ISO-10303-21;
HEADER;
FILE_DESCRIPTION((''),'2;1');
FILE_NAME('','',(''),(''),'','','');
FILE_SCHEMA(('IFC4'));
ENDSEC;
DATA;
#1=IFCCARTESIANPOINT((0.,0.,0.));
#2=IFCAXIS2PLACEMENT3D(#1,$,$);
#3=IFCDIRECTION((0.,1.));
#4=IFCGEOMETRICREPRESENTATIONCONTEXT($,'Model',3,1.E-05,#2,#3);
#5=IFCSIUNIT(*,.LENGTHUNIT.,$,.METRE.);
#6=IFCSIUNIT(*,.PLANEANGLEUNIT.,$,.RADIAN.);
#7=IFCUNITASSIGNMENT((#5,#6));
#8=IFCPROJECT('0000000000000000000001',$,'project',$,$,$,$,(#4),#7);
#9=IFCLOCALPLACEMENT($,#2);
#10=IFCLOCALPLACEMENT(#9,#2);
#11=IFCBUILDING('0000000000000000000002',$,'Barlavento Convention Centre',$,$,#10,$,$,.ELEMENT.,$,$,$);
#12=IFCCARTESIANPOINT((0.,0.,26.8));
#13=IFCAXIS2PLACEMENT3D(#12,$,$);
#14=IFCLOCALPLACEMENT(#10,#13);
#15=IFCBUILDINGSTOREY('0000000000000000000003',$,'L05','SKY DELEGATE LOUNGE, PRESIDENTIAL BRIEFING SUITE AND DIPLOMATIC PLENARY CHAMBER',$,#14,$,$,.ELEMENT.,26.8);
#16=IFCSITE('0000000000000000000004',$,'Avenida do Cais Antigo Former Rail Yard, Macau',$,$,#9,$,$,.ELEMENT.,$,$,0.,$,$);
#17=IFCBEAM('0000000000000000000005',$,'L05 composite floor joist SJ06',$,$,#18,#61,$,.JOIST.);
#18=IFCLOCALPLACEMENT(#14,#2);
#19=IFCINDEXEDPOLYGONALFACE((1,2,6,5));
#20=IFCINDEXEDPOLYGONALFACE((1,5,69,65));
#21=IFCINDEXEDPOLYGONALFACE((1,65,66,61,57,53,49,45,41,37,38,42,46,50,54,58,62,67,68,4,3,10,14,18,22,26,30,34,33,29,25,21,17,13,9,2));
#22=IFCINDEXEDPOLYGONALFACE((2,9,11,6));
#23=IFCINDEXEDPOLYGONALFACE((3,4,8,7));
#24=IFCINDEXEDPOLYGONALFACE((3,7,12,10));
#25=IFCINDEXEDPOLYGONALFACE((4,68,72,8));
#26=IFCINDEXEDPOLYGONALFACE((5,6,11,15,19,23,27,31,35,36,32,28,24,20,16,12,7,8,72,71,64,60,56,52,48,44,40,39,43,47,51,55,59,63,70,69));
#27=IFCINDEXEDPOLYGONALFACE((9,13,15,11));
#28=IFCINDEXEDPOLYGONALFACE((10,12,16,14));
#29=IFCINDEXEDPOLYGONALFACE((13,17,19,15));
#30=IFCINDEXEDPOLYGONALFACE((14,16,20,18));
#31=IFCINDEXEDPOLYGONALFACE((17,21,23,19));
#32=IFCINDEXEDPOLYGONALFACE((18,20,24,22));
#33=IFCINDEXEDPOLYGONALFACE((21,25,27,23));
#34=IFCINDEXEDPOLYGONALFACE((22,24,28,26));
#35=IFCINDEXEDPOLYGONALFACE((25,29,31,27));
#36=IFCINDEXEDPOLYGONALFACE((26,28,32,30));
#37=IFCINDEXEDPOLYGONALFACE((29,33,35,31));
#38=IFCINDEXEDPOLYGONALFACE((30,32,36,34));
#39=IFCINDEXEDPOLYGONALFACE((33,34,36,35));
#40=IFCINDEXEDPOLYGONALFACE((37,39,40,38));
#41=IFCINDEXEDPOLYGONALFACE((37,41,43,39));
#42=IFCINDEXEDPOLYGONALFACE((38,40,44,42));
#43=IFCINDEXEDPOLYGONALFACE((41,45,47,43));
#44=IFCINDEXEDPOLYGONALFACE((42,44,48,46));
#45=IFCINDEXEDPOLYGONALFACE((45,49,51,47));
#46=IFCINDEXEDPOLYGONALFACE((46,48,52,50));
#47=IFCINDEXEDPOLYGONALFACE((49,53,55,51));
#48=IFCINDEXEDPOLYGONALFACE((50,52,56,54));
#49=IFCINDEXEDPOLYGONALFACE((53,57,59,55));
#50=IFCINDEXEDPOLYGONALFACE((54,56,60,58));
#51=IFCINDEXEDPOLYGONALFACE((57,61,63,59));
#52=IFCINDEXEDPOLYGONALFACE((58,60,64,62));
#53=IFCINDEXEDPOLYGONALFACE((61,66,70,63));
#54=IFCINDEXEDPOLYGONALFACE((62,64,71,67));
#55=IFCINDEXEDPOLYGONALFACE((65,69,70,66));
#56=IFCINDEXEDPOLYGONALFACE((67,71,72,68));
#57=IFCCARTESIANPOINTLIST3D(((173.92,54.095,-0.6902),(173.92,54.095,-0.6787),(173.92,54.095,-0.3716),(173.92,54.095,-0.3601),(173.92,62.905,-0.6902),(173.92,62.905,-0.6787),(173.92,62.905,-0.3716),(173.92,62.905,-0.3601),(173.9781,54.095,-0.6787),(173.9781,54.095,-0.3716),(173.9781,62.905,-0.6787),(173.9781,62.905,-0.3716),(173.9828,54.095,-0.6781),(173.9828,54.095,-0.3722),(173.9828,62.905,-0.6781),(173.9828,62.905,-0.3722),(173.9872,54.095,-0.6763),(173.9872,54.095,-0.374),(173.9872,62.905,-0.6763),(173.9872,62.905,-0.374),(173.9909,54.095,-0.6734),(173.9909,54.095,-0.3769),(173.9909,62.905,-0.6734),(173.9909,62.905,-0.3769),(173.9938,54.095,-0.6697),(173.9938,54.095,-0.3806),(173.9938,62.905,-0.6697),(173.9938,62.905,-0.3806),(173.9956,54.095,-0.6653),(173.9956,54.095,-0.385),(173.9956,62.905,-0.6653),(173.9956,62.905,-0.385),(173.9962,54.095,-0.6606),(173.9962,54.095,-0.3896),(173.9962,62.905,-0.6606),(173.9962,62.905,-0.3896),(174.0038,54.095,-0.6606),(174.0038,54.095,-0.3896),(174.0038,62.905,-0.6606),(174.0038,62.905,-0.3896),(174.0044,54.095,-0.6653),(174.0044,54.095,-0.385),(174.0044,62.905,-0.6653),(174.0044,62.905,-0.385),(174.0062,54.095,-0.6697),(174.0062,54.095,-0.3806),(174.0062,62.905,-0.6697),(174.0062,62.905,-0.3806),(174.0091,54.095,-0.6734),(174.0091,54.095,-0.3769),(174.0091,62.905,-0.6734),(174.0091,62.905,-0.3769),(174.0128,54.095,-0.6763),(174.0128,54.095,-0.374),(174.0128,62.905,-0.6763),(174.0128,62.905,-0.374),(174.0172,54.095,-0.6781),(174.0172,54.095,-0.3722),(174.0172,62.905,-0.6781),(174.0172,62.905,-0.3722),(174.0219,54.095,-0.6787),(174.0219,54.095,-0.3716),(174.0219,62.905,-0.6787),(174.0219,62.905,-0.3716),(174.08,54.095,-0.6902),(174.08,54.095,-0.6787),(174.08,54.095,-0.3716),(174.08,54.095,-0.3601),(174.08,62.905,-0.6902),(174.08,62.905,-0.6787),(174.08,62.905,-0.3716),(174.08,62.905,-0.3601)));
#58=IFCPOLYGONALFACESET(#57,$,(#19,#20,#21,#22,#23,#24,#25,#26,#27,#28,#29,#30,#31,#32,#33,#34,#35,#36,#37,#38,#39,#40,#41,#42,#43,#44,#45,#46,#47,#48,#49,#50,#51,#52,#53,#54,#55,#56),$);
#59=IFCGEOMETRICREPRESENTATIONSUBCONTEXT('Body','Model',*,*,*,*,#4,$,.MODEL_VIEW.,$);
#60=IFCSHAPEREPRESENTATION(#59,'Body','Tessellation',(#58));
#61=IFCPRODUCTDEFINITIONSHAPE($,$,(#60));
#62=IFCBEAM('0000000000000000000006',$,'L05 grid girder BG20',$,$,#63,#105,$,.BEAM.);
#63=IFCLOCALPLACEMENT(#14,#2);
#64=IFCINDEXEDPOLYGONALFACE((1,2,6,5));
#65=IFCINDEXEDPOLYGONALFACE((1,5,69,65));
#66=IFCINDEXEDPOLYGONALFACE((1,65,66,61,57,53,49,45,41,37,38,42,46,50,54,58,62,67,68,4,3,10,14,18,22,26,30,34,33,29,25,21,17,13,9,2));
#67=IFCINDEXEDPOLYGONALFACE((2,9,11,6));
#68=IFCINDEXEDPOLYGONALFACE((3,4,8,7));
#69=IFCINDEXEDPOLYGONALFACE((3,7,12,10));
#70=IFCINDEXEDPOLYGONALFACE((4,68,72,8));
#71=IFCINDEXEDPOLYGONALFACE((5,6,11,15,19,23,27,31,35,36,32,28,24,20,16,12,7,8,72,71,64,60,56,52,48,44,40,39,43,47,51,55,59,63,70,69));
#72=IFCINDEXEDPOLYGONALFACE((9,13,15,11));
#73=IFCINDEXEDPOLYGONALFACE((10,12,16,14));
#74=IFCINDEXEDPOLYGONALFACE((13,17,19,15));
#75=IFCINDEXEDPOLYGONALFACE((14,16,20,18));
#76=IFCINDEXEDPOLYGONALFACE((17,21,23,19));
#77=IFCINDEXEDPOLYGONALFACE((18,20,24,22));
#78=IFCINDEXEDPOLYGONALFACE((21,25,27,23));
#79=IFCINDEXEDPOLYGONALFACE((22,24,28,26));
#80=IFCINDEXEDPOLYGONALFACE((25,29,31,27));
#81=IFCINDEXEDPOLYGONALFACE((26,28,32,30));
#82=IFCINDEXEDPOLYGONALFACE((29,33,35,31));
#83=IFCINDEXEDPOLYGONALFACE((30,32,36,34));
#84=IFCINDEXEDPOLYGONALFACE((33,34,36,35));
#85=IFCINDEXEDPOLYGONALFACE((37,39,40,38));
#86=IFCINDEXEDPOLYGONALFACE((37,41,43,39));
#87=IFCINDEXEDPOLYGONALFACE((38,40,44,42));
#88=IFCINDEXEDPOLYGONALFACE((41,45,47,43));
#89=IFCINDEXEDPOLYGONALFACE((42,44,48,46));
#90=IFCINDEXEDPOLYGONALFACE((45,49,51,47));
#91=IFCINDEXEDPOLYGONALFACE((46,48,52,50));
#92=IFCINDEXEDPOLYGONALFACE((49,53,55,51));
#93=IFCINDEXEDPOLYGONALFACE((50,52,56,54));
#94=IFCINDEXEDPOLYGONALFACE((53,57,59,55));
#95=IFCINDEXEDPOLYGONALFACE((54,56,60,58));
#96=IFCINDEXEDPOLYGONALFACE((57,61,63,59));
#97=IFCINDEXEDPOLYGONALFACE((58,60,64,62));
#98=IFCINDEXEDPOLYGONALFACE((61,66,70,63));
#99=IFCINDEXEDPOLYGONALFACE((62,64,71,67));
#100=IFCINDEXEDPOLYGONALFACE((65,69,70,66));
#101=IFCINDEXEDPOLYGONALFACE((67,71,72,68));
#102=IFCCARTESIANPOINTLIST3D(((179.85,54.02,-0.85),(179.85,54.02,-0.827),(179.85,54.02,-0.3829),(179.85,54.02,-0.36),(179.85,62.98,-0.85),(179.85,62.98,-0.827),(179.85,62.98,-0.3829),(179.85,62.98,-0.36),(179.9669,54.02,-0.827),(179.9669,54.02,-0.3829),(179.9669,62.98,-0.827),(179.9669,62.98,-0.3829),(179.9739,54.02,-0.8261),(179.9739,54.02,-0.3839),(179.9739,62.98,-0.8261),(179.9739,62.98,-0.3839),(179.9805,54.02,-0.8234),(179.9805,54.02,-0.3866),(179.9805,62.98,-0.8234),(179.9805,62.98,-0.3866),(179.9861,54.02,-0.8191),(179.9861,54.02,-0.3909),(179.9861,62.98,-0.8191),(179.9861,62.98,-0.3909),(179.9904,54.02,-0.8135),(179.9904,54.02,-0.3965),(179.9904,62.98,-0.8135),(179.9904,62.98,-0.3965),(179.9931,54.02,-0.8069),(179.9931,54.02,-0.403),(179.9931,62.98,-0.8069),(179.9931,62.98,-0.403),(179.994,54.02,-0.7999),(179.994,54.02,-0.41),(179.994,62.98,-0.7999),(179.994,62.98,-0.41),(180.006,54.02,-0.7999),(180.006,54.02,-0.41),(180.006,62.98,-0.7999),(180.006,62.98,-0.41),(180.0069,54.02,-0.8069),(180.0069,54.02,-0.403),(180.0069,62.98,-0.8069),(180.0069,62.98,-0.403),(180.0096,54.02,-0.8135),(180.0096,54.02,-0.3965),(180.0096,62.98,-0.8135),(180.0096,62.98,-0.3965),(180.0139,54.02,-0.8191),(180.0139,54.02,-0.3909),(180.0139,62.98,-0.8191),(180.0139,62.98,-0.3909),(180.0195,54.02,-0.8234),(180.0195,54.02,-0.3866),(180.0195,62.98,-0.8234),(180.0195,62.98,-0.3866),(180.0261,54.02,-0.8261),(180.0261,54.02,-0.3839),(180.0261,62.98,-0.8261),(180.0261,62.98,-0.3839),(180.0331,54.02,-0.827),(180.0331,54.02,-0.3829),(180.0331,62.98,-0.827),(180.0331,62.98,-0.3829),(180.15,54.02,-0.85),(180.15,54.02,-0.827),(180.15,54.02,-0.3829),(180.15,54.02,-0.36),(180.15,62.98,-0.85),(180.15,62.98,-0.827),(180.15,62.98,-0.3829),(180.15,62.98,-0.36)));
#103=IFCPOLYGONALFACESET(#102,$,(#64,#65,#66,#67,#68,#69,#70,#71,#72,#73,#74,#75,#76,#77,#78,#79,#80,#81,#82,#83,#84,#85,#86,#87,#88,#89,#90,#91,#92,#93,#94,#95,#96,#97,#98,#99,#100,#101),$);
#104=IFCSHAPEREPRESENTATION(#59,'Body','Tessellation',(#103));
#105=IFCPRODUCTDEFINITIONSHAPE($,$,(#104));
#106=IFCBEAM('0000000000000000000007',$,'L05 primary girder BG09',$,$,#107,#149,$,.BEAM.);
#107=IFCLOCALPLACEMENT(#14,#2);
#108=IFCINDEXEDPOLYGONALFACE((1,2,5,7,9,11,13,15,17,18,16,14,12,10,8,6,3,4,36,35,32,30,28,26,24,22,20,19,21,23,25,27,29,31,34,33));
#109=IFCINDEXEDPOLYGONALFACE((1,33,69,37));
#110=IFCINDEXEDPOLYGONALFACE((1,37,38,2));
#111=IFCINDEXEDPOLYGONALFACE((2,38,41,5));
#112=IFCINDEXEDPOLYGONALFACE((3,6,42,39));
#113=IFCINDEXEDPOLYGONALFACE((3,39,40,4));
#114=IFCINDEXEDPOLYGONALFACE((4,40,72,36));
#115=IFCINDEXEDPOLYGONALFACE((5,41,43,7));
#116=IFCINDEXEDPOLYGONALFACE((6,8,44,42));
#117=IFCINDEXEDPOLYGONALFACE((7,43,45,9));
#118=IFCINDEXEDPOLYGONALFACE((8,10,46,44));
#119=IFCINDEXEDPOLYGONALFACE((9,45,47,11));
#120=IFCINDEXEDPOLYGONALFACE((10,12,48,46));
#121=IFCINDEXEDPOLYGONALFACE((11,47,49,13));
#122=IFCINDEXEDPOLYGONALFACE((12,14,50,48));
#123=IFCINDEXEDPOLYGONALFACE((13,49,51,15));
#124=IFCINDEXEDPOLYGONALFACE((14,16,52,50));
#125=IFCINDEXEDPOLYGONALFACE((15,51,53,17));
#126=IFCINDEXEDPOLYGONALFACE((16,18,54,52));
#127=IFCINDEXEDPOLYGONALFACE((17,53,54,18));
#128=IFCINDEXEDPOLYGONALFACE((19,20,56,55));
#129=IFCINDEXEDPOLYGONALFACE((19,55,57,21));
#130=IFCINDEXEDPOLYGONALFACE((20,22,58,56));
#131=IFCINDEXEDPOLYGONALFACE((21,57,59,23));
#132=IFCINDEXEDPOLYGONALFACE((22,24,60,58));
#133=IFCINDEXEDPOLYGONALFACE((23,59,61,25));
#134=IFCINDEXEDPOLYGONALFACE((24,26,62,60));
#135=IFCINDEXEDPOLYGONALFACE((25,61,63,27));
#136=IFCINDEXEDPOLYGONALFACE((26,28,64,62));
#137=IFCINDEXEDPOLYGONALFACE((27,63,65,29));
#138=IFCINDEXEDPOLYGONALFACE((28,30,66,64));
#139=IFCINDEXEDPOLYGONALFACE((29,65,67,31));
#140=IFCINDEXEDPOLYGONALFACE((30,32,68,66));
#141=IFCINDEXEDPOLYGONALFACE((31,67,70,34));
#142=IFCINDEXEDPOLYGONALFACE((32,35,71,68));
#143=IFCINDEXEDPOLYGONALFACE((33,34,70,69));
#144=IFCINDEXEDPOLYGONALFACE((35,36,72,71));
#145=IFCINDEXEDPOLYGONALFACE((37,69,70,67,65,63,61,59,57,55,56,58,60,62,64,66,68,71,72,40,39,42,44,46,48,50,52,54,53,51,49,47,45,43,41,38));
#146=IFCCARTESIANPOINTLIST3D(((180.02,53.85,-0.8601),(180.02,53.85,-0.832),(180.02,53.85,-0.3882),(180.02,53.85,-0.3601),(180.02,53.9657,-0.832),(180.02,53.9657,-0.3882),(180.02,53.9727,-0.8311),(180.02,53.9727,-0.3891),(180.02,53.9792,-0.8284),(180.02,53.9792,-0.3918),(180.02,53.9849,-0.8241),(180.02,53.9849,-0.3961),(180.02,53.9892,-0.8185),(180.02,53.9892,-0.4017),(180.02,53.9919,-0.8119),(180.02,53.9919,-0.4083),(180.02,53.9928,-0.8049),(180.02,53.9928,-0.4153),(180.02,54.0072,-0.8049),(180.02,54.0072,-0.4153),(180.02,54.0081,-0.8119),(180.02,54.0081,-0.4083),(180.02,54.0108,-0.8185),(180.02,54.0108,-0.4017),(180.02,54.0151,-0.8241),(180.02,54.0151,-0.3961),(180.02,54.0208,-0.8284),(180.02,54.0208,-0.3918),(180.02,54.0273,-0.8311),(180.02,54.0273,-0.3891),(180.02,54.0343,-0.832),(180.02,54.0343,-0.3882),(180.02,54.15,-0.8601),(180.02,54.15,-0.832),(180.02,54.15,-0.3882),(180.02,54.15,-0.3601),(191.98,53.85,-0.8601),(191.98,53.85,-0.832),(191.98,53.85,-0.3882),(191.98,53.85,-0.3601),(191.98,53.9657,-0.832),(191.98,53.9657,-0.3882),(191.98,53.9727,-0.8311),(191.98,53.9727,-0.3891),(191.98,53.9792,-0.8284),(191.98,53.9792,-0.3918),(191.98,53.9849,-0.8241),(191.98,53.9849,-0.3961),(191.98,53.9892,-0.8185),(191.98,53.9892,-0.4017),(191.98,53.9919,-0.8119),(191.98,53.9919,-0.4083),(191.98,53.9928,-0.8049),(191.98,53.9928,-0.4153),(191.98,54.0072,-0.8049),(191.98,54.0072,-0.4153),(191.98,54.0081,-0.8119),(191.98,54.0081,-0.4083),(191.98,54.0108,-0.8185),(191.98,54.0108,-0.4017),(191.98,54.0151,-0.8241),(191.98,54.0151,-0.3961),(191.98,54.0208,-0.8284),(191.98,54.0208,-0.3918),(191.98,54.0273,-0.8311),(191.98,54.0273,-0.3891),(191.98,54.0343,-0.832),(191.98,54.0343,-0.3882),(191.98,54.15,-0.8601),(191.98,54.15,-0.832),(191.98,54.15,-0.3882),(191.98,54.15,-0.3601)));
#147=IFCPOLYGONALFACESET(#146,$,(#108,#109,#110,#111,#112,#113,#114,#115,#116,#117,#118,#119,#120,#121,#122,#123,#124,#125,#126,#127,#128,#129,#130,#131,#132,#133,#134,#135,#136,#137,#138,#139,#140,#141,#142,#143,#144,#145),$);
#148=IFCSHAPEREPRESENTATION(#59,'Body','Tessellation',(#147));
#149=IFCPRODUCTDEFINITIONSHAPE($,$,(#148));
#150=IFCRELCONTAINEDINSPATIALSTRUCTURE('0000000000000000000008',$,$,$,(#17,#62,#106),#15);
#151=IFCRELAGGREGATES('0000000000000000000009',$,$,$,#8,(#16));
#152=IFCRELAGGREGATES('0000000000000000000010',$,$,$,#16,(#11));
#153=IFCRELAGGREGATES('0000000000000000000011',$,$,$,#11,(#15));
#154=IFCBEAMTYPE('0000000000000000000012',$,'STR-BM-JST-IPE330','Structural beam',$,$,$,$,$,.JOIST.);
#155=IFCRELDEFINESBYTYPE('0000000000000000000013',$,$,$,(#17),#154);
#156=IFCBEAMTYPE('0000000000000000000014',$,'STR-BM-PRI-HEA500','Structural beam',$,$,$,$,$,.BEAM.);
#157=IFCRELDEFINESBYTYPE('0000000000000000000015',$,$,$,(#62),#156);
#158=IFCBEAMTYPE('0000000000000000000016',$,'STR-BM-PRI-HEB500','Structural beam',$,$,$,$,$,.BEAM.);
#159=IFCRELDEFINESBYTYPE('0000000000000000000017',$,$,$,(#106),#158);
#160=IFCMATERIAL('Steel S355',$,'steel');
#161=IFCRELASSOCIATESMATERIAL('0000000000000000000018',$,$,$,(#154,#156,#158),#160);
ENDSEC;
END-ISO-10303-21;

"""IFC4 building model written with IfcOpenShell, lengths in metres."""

from ifc_helpers import new_model, si_unit, direction, frame, origin, origin_2d, place, context, subcontext, project, spatial, i_section, extrude, material, material_profile, profile_set, type_object, element, save


model = new_model("IFC4")

# Units and contexts
model_context = context("Model", 3, precision=1e-05, world=origin(), true_north=direction((0.0, 1.0)))
body_context = subcontext(model_context, "Body", "Model", "MODEL_VIEW")
ifc_project = project(units=[si_unit("LENGTHUNIT", "METRE"), si_unit("PLANEANGLEUNIT", "RADIAN")], contexts=[model_context])

# Site, building, storey
site_placement = place(None, origin())
site = spatial("IfcSite", under=ifc_project, at=site_placement, Name="Avenida do Cais Antigo Former Rail Yard, Macau", CompositionType="ELEMENT", RefElevation=0.0)
building_placement = place(site_placement, origin())
building = spatial("IfcBuilding", under=site, at=building_placement, Name="Barlavento Convention Centre", CompositionType="ELEMENT")
storey_placement = place(building_placement, frame((0.0, 0.0, 26.8)))
storey = spatial("IfcBuildingStorey", under=building, at=storey_placement, Name="L05", Description="SKY DELEGATE LOUNGE, PRESIDENTIAL BRIEFING SUITE AND DIPLOMATIC PLENARY CHAMBER", CompositionType="ELEMENT", Elevation=26.8)

# Shared definitions
ifc_material_1 = material(Name="Steel S355", Category="steel")

# Beams
ifc_material_profile_1 = material_profile(ifc_material_1, i_section(OverallWidth=0.1599, OverallDepth=0.3301, WebThickness=0.0076, FlangeThickness=0.0115, FilletRadius=0.0181, at=origin_2d()), Name="IPE 330")
ifc_profile_set_1 = profile_set([ifc_material_profile_1], Name="Steel S355")
beam_type_1 = type_object("IfcBeamType", Name="STR-BM-JST-IPE330", Description="Structural beam", PredefinedType="JOIST", material=ifc_profile_set_1)
beam_1_placement = place(storey_placement, frame((174.0, 54.095, -0.5251), z_axis=(0.0, 1.0, 0.0), x_axis=(-1.0, 0.0, 0.0)))
element("IfcBeam", 1, at=beam_1_placement, inside=storey, type_object=beam_type_1, Name="L05 composite floor joist SJ06", PredefinedType="JOIST", context=body_context, shape_type="SweptSolid", body=[
    extrude(i_section(OverallWidth=0.1599, OverallDepth=0.3301, WebThickness=0.0076, FlangeThickness=0.0115, FilletRadius=0.0181, at=origin_2d()), origin(), (0.0, 0.0, 1.0), 8.8101),
])
ifc_material_profile_2 = material_profile(ifc_material_1, i_section(OverallWidth=0.3, OverallDepth=0.49, WebThickness=0.012, FlangeThickness=0.0229, FilletRadius=0.0271, at=origin_2d()), Name="HEA 500")
ifc_profile_set_2 = profile_set([ifc_material_profile_2], Name="Steel S355")
beam_type_2 = type_object("IfcBeamType", Name="STR-BM-PRI-HEA500", Description="Structural beam", PredefinedType="BEAM", material=ifc_profile_set_2)
beam_2_placement = place(storey_placement, frame((180.0, 54.02, -0.605), z_axis=(0.0, 1.0, 0.0), x_axis=(-1.0, 0.0, 0.0)))
element("IfcBeam", 2, at=beam_2_placement, inside=storey, type_object=beam_type_2, Name="L05 grid girder BG20", PredefinedType="BEAM", context=body_context, shape_type="SweptSolid", body=[
    extrude(i_section(OverallWidth=0.3, OverallDepth=0.49, WebThickness=0.012, FlangeThickness=0.0229, FilletRadius=0.0271, at=origin_2d()), origin(), (0.0, 0.0, 1.0), 8.96),
])
ifc_material_profile_3 = material_profile(ifc_material_1, i_section(OverallWidth=0.3, OverallDepth=0.5, WebThickness=0.0144, FlangeThickness=0.0281, FilletRadius=0.0271, at=origin_2d()), Name="HEB 500")
ifc_profile_set_3 = profile_set([ifc_material_profile_3], Name="Steel S355")
beam_type_3 = type_object("IfcBeamType", Name="STR-BM-PRI-HEB500", Description="Structural beam", PredefinedType="BEAM", material=ifc_profile_set_3)
beam_3_placement = place(storey_placement, frame((180.02, 54.0, -0.6101), z_axis=(1.0, 0.0, 0.0), x_axis=(0.0, 1.0, 0.0)))
element("IfcBeam", 3, at=beam_3_placement, inside=storey, type_object=beam_type_3, Name="L05 primary girder BG09", PredefinedType="BEAM", context=body_context, shape_type="SweptSolid", body=[
    extrude(i_section(OverallWidth=0.3, OverallDepth=0.5, WebThickness=0.0144, FlangeThickness=0.0281, FilletRadius=0.0271, at=origin_2d()), origin(), (0.0, 0.0, 1.0), 11.96),
])

save(model, "model.ifc")
